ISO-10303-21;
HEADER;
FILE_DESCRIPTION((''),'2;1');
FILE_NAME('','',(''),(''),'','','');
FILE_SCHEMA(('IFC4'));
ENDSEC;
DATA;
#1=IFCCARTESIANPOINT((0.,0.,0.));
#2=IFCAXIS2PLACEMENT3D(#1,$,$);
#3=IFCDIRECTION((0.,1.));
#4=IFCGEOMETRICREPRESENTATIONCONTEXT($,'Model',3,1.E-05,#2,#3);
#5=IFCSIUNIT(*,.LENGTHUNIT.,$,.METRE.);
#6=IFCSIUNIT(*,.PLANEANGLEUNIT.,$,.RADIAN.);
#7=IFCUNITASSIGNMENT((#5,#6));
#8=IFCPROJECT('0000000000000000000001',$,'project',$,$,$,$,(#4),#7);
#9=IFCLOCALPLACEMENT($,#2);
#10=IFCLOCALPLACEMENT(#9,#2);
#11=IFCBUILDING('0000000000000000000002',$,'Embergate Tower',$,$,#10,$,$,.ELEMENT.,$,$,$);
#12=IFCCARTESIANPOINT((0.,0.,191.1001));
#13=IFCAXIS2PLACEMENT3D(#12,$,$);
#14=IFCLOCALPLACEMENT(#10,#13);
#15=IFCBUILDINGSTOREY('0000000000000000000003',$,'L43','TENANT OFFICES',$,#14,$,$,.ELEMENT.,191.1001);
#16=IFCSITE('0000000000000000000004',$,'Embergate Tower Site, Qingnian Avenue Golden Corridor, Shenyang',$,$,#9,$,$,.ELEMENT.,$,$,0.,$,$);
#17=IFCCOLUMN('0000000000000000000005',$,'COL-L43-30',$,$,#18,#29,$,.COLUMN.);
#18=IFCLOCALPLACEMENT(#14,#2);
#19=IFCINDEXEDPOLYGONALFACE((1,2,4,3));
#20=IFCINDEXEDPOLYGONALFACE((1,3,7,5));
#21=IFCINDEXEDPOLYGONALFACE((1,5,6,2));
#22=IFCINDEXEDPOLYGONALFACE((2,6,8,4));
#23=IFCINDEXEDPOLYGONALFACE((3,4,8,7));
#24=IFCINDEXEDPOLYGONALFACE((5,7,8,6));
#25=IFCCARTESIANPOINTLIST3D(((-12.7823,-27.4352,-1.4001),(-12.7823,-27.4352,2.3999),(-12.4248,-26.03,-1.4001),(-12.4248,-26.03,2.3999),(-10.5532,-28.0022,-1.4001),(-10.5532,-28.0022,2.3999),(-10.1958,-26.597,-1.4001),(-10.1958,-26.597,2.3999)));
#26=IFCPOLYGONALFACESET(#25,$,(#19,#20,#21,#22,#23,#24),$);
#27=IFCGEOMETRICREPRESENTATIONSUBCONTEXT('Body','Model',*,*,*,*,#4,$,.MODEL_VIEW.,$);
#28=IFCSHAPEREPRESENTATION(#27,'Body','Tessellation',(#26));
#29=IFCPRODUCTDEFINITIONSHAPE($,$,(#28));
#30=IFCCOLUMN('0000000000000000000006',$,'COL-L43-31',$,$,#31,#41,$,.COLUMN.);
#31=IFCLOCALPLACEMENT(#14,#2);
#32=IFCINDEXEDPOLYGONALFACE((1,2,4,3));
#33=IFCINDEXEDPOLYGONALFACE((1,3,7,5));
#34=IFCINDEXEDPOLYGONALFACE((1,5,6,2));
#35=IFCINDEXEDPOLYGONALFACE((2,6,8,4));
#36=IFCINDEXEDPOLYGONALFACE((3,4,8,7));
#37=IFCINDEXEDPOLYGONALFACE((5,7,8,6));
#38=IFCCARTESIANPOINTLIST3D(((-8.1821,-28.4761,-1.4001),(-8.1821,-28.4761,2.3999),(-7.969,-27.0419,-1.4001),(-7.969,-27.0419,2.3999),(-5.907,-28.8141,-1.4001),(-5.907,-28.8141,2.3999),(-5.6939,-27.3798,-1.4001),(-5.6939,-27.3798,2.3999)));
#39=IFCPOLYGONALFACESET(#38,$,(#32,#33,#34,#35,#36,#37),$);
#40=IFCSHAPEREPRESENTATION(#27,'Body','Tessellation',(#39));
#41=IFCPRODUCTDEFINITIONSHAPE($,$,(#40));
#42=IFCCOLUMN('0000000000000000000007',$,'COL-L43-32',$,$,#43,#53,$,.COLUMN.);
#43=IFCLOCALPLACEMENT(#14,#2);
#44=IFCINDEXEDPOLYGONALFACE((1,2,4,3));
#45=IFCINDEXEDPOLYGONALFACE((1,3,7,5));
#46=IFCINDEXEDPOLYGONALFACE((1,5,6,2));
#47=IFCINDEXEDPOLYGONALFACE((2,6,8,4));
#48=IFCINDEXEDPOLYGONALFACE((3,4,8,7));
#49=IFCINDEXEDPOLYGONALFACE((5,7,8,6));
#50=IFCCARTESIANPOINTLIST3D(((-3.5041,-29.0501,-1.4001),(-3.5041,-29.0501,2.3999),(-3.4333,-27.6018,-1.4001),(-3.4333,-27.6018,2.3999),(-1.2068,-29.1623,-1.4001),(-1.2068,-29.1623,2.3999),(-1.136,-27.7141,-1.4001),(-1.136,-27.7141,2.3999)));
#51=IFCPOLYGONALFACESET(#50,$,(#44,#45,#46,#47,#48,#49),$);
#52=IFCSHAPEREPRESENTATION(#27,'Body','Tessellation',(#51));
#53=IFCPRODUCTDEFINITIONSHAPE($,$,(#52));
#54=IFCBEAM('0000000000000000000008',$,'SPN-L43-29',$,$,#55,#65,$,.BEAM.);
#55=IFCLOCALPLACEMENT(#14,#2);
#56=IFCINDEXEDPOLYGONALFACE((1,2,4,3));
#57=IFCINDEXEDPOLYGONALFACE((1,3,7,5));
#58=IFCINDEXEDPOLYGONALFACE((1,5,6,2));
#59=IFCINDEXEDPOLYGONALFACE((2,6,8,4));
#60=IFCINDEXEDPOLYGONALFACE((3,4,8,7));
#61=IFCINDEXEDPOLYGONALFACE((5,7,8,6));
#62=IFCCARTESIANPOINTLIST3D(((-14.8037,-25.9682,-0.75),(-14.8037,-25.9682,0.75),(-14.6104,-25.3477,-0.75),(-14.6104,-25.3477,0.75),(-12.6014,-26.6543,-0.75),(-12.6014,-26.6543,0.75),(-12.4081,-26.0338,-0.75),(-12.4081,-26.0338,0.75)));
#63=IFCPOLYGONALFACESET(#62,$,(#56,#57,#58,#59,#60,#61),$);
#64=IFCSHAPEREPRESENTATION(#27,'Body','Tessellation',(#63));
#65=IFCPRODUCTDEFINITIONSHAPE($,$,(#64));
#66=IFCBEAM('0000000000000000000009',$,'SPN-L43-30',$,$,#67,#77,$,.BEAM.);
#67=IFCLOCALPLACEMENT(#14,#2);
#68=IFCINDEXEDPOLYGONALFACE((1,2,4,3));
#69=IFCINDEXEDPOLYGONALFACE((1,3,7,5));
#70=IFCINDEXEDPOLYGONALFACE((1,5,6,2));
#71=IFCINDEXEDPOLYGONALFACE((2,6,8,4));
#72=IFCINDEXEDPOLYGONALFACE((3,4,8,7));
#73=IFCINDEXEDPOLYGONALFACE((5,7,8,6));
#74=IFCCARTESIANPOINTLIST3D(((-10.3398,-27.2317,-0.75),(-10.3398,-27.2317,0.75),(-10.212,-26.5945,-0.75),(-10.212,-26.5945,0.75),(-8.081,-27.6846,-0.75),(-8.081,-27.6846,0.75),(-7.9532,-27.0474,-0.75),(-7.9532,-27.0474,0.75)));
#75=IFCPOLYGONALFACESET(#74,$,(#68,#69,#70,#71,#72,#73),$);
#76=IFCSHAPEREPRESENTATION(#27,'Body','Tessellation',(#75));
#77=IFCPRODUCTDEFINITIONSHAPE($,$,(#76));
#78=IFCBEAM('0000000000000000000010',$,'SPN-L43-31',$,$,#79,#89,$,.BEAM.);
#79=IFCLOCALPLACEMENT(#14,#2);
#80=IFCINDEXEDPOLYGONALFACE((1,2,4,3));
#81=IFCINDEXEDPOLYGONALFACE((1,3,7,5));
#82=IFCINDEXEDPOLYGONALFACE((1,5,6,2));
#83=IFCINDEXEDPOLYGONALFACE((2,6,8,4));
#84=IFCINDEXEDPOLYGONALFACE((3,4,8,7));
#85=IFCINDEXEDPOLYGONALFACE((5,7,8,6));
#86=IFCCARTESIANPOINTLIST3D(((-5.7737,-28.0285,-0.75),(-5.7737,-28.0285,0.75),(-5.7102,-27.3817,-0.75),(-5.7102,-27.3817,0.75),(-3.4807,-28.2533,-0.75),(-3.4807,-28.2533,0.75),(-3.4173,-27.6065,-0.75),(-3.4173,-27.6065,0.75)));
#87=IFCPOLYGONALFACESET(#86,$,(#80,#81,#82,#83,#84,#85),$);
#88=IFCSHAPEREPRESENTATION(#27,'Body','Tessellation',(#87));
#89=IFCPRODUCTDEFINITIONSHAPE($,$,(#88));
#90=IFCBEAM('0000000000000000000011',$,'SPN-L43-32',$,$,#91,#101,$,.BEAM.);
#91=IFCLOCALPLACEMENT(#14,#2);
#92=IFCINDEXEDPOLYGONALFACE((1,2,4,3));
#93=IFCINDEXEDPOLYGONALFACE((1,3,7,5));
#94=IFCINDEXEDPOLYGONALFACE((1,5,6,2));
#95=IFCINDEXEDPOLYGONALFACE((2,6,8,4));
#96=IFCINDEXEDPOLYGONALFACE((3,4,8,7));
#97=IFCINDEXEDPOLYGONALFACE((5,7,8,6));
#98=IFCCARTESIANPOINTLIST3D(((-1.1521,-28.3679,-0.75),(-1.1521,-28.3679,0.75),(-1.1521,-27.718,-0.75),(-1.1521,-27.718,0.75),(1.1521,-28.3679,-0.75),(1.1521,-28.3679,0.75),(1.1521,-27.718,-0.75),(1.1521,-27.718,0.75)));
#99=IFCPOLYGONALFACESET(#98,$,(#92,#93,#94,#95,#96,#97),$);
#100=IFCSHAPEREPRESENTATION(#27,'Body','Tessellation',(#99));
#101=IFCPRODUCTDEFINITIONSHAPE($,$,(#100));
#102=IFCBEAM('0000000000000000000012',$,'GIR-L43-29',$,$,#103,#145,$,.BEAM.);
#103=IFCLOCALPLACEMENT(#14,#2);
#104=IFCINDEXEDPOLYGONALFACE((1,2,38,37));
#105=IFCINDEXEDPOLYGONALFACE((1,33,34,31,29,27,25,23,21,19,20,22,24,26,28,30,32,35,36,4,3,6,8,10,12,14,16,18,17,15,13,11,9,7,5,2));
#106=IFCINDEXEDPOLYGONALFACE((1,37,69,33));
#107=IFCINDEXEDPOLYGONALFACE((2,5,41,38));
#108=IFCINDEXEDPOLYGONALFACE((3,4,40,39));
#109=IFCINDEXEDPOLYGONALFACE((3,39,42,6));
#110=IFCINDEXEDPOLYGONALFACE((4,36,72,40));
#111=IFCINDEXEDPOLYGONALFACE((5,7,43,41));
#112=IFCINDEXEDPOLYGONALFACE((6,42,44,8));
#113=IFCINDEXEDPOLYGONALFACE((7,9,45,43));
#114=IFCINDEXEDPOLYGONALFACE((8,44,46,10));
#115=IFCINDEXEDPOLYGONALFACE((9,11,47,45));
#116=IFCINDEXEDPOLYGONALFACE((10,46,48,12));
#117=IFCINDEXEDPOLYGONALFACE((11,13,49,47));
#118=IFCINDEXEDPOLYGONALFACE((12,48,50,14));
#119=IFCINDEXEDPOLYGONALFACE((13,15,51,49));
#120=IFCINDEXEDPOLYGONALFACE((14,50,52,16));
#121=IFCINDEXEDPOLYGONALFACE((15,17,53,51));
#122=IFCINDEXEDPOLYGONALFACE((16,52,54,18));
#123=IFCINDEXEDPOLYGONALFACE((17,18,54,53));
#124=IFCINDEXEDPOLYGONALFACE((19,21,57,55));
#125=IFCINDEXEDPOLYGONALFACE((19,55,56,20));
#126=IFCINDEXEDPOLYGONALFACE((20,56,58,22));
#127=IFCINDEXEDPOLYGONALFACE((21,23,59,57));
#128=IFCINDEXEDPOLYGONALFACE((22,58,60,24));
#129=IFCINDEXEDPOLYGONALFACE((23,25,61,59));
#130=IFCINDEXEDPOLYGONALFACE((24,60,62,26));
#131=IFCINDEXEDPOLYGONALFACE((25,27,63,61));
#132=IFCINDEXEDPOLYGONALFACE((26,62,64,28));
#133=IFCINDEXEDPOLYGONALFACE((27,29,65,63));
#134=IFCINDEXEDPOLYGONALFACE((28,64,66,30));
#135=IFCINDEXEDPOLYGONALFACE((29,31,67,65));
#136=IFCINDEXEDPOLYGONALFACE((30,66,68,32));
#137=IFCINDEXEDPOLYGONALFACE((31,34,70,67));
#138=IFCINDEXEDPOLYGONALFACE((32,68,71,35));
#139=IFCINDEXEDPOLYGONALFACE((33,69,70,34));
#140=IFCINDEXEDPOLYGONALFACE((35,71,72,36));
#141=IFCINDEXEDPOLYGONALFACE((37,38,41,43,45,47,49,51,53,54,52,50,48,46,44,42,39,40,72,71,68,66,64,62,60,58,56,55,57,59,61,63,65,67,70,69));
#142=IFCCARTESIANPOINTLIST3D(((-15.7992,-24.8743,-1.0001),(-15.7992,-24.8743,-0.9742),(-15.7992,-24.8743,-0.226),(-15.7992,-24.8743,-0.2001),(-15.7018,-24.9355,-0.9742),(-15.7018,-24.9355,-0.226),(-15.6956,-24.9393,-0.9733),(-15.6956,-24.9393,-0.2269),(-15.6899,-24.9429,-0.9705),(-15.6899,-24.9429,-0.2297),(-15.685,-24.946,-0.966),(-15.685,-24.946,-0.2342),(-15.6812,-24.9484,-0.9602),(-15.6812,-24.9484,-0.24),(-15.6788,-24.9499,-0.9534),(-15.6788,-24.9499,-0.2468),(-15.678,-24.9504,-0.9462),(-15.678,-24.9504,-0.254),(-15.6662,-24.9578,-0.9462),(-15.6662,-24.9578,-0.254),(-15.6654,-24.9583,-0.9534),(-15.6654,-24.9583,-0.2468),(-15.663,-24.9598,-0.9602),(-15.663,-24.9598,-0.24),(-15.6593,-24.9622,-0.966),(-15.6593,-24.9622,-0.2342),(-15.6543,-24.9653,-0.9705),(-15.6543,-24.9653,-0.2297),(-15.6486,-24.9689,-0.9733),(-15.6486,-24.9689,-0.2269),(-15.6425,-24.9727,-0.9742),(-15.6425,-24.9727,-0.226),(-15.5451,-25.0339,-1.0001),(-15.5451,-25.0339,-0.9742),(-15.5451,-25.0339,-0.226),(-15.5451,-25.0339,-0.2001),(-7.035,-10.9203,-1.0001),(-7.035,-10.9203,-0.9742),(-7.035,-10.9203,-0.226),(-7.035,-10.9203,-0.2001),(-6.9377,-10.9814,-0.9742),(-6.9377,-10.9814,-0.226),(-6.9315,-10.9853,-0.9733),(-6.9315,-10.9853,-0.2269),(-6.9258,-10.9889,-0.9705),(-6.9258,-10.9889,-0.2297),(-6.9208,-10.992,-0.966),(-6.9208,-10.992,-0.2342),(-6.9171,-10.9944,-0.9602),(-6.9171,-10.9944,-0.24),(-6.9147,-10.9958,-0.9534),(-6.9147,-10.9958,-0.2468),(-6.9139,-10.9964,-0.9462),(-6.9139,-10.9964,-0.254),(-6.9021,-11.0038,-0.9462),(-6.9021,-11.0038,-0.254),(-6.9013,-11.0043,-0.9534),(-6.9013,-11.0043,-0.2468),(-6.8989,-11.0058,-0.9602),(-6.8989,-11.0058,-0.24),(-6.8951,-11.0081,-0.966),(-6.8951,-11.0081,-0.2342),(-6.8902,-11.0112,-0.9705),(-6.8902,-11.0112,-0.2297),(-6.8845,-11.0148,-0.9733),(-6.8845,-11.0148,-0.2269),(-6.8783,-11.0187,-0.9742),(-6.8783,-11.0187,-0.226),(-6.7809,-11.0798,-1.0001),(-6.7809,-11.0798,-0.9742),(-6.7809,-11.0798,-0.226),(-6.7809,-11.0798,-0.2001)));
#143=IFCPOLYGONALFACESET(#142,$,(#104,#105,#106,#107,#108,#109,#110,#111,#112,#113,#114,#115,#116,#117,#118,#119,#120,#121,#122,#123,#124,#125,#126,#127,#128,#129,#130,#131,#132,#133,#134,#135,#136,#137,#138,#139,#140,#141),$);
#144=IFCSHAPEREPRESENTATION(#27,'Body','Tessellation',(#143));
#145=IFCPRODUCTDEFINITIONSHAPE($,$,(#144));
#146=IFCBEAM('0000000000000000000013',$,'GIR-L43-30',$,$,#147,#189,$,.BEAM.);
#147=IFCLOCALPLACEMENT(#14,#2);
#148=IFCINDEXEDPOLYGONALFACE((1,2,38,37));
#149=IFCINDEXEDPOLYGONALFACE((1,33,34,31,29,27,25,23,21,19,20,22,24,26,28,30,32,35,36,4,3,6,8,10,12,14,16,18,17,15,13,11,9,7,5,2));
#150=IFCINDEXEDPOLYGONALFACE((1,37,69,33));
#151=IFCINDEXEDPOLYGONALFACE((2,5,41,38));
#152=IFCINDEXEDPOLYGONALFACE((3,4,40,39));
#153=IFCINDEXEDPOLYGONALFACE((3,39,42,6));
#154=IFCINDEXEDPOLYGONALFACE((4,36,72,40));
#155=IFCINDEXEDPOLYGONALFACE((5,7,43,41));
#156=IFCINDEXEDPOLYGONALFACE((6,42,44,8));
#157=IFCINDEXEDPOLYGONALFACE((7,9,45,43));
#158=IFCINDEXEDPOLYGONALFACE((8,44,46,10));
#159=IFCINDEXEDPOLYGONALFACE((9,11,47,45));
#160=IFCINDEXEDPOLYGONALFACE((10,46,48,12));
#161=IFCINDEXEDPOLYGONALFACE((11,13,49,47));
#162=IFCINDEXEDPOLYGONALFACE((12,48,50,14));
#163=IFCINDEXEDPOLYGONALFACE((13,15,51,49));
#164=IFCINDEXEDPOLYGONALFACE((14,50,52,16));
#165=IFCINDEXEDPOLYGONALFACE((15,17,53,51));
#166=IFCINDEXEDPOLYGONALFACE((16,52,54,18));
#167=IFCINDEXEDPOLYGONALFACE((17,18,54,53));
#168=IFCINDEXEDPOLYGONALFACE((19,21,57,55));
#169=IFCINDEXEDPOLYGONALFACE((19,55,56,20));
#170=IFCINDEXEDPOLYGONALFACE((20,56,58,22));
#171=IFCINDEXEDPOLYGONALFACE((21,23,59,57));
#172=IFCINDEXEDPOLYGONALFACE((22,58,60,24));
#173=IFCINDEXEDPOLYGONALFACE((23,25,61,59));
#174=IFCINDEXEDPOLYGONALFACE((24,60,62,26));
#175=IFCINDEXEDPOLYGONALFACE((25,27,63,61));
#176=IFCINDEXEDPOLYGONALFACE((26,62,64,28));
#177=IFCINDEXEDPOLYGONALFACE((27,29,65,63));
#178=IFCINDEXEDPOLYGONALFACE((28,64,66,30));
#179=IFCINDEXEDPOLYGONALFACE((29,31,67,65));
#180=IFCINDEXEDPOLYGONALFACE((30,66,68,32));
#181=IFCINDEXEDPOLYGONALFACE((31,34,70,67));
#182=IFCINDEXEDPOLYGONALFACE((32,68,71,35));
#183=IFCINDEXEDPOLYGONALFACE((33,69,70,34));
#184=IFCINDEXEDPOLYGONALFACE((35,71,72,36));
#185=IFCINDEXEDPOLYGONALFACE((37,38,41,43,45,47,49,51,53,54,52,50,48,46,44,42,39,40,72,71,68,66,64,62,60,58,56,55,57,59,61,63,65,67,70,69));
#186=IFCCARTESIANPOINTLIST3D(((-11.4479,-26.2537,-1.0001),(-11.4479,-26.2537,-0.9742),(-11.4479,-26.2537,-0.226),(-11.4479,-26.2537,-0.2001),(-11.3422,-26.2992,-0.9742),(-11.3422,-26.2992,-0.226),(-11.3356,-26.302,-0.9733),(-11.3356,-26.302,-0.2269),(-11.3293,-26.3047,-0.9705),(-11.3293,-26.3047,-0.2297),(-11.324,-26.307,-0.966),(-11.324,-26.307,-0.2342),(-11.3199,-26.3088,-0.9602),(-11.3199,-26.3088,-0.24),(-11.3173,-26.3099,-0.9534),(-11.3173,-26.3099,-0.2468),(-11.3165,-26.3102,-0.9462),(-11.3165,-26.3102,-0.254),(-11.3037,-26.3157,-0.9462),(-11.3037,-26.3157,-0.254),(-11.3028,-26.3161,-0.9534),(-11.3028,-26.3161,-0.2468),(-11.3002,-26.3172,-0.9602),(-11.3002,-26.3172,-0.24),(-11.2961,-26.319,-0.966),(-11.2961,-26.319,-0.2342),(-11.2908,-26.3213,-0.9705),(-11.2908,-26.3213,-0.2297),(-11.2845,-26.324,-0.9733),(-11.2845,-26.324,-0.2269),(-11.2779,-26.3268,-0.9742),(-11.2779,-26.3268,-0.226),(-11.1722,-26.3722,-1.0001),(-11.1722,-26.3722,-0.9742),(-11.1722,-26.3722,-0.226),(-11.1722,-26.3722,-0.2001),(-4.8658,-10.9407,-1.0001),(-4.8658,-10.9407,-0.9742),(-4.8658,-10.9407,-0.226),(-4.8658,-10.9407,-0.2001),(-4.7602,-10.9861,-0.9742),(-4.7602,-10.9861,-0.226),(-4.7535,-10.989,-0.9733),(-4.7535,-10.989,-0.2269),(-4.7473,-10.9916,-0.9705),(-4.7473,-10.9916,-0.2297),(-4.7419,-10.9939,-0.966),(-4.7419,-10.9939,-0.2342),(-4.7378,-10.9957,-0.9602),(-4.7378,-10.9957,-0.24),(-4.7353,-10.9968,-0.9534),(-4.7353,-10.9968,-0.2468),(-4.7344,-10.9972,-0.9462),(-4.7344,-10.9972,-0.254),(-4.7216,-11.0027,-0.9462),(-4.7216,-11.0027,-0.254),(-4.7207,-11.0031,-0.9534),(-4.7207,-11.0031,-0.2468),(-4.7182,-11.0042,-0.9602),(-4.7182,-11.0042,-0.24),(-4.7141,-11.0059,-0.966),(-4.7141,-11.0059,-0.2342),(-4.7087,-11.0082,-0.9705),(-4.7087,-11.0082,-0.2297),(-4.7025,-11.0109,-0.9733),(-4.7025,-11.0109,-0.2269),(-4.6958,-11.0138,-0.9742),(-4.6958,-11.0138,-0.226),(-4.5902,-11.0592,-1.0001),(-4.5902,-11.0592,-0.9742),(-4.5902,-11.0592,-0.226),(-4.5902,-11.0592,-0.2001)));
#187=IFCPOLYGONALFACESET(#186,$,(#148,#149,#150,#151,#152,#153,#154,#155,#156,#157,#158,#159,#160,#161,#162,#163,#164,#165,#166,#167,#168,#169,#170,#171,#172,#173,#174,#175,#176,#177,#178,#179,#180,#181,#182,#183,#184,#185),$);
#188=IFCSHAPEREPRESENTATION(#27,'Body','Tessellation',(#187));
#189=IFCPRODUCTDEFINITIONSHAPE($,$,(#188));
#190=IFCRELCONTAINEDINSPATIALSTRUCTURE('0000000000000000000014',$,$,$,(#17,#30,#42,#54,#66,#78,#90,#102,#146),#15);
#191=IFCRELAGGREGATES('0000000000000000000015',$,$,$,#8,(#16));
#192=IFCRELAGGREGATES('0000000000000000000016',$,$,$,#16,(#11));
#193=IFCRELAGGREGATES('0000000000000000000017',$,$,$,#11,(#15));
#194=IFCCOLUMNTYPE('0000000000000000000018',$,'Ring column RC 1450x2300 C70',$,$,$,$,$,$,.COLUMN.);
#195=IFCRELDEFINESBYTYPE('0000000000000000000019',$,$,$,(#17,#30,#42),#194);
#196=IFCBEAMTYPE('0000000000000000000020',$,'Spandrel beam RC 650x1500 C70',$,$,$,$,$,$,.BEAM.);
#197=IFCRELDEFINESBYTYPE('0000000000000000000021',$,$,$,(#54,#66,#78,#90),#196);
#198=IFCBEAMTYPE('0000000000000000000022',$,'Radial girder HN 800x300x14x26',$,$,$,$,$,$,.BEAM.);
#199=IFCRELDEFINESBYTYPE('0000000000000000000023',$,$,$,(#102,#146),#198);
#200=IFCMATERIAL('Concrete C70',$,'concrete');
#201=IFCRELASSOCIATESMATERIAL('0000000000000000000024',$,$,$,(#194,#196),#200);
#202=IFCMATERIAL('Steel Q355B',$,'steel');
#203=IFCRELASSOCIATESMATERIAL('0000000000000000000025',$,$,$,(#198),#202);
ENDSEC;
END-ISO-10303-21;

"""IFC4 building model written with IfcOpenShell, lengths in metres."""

from ifc_helpers import new_model, si_unit, direction, frame, origin, origin_2d, place, context, subcontext, project, spatial, rectangle, i_section, extrude, source, transform, mapped, material, material_profile, profile_set, type_object, element, save


model = new_model("IFC4")

# Units and contexts
model_context = context("Model", 3, precision=1e-05, world=origin(), true_north=direction((0.0, 1.0)))
body_context = subcontext(model_context, "Body", "Model", "MODEL_VIEW")
ifc_project = project(units=[si_unit("LENGTHUNIT", "METRE"), si_unit("PLANEANGLEUNIT", "RADIAN")], contexts=[model_context])

# Site, building, storey
site_placement = place(None, origin())
site = spatial("IfcSite", under=ifc_project, at=site_placement, Name="Embergate Tower Site, Qingnian Avenue Golden Corridor, Shenyang", CompositionType="ELEMENT", RefElevation=0.0)
building_placement = place(site_placement, origin())
building = spatial("IfcBuilding", under=site, at=building_placement, Name="Embergate Tower", CompositionType="ELEMENT")
storey_placement = place(building_placement, frame((0.0, 0.0, 191.1001)))
storey = spatial("IfcBuildingStorey", under=building, at=storey_placement, Name="L43", Description="TENANT OFFICES", CompositionType="ELEMENT", Elevation=191.1001)

# Columns
ifc_material_1 = material(Name="Concrete C70", Category="concrete")
ifc_material_profile_1 = material_profile(ifc_material_1, rectangle(XDim=1.45, YDim=2.3, at=origin_2d()), Name="RC 1450x2300")
ifc_profile_set_1 = profile_set([ifc_material_profile_1], Name="Concrete C70")
column_type = type_object("IfcColumnType", Name="Ring column RC 1450x2300 C70", PredefinedType="COLUMN", material=ifc_profile_set_1)
shared_shape_1 = source(origin(), body_context, "Body", "SweptSolid", [
    extrude(rectangle(XDim=1.45, YDim=2.3, at=origin_2d()), origin(), (0.0, 0.0, 1.0), 3.8),
])
for number, where, z_axis, x_axis, name in (
    (1, (-11.489, -27.0161, -1.4001), (0.0, 0.0, 1.0), (-0.246509, -0.969141, 0.0), "COL-L43-30"),
    (2, (-6.938, -27.928, -1.4001), (0.0, 0.0, 1.0), (-0.146929, -0.989147, 0.0), "COL-L43-31"),
    (3, (-2.3201, -28.3821, -1.4001), (0.0, 0.0, 1.0), (-0.048815, -0.998808, 0.0), "COL-L43-32"),
):
    element("IfcColumn", number, at=place(storey_placement, frame(where, z_axis=z_axis, x_axis=x_axis)), inside=storey, type_object=column_type, Name=name, PredefinedType="COLUMN", context=body_context, shape_type="MappedRepresentation", body=[
        mapped(shared_shape_1, transform((0.0, 0.0, 0.0))),
    ])

# Beams
ifc_material_profile_2 = material_profile(ifc_material_1, rectangle(XDim=0.6499, YDim=1.5, at=origin_2d()), Name="RC 650x1500")
ifc_profile_set_2 = profile_set([ifc_material_profile_2], Name="Concrete C70")
beam_type_1 = type_object("IfcBeamType", Name="Spandrel beam RC 650x1500 C70", PredefinedType="BEAM", material=ifc_profile_set_2)
shared_shape_2 = source(origin(), body_context, "Body", "SweptSolid", [
    extrude(rectangle(XDim=0.6499, YDim=1.5, at=origin_2d()), origin(), (0.0, 0.0, 1.0), 2.3066),
])
beam_1_placement = place(storey_placement, frame((-14.707, -25.658, 0.0), z_axis=(0.954743, -0.297431, 0.0), x_axis=(0.297431, 0.954743, 0.0)))
element("IfcBeam", 4, at=beam_1_placement, inside=storey, type_object=beam_type_1, Name="SPN-L43-29", PredefinedType="BEAM", context=body_context, shape_type="MappedRepresentation", body=[
    mapped(shared_shape_2, transform((0.0, 0.0, 0.0))),
])
shared_shape_3 = source(origin(), body_context, "Body", "SweptSolid", [
    extrude(rectangle(XDim=0.6499, YDim=1.5, at=origin_2d()), origin(), (0.0, 0.0, 1.0), 2.3037),
])
beam_2_placement = place(storey_placement, frame((-10.2759, -26.9131, 0.0), z_axis=(0.980487, -0.196585, 0.0), x_axis=(0.196585, 0.980487, 0.0)))
element("IfcBeam", 5, at=beam_2_placement, inside=storey, type_object=beam_type_1, Name="SPN-L43-30", PredefinedType="BEAM", context=body_context, shape_type="MappedRepresentation", body=[
    mapped(shared_shape_3, transform((0.0, 0.0, 0.0))),
])
shared_shape_4 = source(origin(), body_context, "Body", "SweptSolid", [
    extrude(rectangle(XDim=0.6499, YDim=1.5, at=origin_2d()), origin(), (0.0, 0.0, 1.0), 2.304),
])
beam_3_placement = place(storey_placement, frame((-5.7419, -27.7051, 0.0), z_axis=(0.995226, -0.097594, 0.0), x_axis=(0.097594, 0.995226, 0.0)))
element("IfcBeam", 6, at=beam_3_placement, inside=storey, type_object=beam_type_1, Name="SPN-L43-31", PredefinedType="BEAM", context=body_context, shape_type="MappedRepresentation", body=[
    mapped(shared_shape_4, transform((0.0, 0.0, 0.0))),
])
shared_shape_5 = source(origin(), body_context, "Body", "SweptSolid", [
    extrude(rectangle(XDim=0.6499, YDim=1.5, at=origin_2d()), origin(), (0.0, 0.0, 1.0), 2.3042),
])
beam_4_placement = place(storey_placement, frame((-1.1521, -28.043, 0.0), z_axis=(1.0, 0.0, 0.0), x_axis=(0.0, 1.0, 0.0)))
element("IfcBeam", 7, at=beam_4_placement, inside=storey, type_object=beam_type_1, Name="SPN-L43-32", PredefinedType="BEAM", context=body_context, shape_type="MappedRepresentation", body=[
    mapped(shared_shape_5, transform((0.0, 0.0, 0.0))),
])
ifc_material_2 = material(Name="Steel Q355B", Category="steel")
ifc_material_profile_3 = material_profile(ifc_material_2, i_section(OverallWidth=0.3, OverallDepth=0.8, WebThickness=0.0139, FlangeThickness=0.0259, FilletRadius=0.0281, at=origin_2d()), Name="HN 800x300x14x26")
ifc_profile_set_3 = profile_set([ifc_material_profile_3], Name="Steel Q355 grade B")
beam_type_2 = type_object("IfcBeamType", Name="Radial girder HN 800x300x14x26", PredefinedType="BEAM", material=ifc_profile_set_3)
shared_shape_6 = source(origin(), body_context, "Body", "SweptSolid", [
    extrude(i_section(OverallWidth=0.3, OverallDepth=0.8, WebThickness=0.0139, FlangeThickness=0.0259, FilletRadius=0.0281, at=origin_2d()), origin(), (0.0, 0.0, 1.0), 16.478),
])
beam_5_placement = place(storey_placement, frame((-15.6721, -24.9541, -0.6001), z_axis=(0.531867, 0.846828, 0.0), x_axis=(-0.846828, 0.531867, 0.0)))
element("IfcBeam", 8, at=beam_5_placement, inside=storey, type_object=beam_type_2, Name="GIR-L43-29", PredefinedType="BEAM", context=body_context, shape_type="MappedRepresentation", body=[
    mapped(shared_shape_6, transform((0.0, 0.0, 0.0))),
])
shared_shape_7 = source(origin(), body_context, "Body", "SweptSolid", [
    extrude(i_section(OverallWidth=0.3, OverallDepth=0.8, WebThickness=0.0139, FlangeThickness=0.0259, FilletRadius=0.0281, at=origin_2d()), origin(), (0.0, 0.0, 1.0), 16.6677),
])
beam_6_placement = place(storey_placement, frame((-11.3101, -26.313, -0.6001), z_axis=(0.394898, 0.918725, 0.0), x_axis=(-0.918725, 0.394898, 0.0)))
element("IfcBeam", 9, at=beam_6_placement, inside=storey, type_object=beam_type_2, Name="GIR-L43-30", PredefinedType="BEAM", context=body_context, shape_type="MappedRepresentation", body=[
    mapped(shared_shape_7, transform((0.0, 0.0, 0.0))),
])

save(model, "model.ifc")
